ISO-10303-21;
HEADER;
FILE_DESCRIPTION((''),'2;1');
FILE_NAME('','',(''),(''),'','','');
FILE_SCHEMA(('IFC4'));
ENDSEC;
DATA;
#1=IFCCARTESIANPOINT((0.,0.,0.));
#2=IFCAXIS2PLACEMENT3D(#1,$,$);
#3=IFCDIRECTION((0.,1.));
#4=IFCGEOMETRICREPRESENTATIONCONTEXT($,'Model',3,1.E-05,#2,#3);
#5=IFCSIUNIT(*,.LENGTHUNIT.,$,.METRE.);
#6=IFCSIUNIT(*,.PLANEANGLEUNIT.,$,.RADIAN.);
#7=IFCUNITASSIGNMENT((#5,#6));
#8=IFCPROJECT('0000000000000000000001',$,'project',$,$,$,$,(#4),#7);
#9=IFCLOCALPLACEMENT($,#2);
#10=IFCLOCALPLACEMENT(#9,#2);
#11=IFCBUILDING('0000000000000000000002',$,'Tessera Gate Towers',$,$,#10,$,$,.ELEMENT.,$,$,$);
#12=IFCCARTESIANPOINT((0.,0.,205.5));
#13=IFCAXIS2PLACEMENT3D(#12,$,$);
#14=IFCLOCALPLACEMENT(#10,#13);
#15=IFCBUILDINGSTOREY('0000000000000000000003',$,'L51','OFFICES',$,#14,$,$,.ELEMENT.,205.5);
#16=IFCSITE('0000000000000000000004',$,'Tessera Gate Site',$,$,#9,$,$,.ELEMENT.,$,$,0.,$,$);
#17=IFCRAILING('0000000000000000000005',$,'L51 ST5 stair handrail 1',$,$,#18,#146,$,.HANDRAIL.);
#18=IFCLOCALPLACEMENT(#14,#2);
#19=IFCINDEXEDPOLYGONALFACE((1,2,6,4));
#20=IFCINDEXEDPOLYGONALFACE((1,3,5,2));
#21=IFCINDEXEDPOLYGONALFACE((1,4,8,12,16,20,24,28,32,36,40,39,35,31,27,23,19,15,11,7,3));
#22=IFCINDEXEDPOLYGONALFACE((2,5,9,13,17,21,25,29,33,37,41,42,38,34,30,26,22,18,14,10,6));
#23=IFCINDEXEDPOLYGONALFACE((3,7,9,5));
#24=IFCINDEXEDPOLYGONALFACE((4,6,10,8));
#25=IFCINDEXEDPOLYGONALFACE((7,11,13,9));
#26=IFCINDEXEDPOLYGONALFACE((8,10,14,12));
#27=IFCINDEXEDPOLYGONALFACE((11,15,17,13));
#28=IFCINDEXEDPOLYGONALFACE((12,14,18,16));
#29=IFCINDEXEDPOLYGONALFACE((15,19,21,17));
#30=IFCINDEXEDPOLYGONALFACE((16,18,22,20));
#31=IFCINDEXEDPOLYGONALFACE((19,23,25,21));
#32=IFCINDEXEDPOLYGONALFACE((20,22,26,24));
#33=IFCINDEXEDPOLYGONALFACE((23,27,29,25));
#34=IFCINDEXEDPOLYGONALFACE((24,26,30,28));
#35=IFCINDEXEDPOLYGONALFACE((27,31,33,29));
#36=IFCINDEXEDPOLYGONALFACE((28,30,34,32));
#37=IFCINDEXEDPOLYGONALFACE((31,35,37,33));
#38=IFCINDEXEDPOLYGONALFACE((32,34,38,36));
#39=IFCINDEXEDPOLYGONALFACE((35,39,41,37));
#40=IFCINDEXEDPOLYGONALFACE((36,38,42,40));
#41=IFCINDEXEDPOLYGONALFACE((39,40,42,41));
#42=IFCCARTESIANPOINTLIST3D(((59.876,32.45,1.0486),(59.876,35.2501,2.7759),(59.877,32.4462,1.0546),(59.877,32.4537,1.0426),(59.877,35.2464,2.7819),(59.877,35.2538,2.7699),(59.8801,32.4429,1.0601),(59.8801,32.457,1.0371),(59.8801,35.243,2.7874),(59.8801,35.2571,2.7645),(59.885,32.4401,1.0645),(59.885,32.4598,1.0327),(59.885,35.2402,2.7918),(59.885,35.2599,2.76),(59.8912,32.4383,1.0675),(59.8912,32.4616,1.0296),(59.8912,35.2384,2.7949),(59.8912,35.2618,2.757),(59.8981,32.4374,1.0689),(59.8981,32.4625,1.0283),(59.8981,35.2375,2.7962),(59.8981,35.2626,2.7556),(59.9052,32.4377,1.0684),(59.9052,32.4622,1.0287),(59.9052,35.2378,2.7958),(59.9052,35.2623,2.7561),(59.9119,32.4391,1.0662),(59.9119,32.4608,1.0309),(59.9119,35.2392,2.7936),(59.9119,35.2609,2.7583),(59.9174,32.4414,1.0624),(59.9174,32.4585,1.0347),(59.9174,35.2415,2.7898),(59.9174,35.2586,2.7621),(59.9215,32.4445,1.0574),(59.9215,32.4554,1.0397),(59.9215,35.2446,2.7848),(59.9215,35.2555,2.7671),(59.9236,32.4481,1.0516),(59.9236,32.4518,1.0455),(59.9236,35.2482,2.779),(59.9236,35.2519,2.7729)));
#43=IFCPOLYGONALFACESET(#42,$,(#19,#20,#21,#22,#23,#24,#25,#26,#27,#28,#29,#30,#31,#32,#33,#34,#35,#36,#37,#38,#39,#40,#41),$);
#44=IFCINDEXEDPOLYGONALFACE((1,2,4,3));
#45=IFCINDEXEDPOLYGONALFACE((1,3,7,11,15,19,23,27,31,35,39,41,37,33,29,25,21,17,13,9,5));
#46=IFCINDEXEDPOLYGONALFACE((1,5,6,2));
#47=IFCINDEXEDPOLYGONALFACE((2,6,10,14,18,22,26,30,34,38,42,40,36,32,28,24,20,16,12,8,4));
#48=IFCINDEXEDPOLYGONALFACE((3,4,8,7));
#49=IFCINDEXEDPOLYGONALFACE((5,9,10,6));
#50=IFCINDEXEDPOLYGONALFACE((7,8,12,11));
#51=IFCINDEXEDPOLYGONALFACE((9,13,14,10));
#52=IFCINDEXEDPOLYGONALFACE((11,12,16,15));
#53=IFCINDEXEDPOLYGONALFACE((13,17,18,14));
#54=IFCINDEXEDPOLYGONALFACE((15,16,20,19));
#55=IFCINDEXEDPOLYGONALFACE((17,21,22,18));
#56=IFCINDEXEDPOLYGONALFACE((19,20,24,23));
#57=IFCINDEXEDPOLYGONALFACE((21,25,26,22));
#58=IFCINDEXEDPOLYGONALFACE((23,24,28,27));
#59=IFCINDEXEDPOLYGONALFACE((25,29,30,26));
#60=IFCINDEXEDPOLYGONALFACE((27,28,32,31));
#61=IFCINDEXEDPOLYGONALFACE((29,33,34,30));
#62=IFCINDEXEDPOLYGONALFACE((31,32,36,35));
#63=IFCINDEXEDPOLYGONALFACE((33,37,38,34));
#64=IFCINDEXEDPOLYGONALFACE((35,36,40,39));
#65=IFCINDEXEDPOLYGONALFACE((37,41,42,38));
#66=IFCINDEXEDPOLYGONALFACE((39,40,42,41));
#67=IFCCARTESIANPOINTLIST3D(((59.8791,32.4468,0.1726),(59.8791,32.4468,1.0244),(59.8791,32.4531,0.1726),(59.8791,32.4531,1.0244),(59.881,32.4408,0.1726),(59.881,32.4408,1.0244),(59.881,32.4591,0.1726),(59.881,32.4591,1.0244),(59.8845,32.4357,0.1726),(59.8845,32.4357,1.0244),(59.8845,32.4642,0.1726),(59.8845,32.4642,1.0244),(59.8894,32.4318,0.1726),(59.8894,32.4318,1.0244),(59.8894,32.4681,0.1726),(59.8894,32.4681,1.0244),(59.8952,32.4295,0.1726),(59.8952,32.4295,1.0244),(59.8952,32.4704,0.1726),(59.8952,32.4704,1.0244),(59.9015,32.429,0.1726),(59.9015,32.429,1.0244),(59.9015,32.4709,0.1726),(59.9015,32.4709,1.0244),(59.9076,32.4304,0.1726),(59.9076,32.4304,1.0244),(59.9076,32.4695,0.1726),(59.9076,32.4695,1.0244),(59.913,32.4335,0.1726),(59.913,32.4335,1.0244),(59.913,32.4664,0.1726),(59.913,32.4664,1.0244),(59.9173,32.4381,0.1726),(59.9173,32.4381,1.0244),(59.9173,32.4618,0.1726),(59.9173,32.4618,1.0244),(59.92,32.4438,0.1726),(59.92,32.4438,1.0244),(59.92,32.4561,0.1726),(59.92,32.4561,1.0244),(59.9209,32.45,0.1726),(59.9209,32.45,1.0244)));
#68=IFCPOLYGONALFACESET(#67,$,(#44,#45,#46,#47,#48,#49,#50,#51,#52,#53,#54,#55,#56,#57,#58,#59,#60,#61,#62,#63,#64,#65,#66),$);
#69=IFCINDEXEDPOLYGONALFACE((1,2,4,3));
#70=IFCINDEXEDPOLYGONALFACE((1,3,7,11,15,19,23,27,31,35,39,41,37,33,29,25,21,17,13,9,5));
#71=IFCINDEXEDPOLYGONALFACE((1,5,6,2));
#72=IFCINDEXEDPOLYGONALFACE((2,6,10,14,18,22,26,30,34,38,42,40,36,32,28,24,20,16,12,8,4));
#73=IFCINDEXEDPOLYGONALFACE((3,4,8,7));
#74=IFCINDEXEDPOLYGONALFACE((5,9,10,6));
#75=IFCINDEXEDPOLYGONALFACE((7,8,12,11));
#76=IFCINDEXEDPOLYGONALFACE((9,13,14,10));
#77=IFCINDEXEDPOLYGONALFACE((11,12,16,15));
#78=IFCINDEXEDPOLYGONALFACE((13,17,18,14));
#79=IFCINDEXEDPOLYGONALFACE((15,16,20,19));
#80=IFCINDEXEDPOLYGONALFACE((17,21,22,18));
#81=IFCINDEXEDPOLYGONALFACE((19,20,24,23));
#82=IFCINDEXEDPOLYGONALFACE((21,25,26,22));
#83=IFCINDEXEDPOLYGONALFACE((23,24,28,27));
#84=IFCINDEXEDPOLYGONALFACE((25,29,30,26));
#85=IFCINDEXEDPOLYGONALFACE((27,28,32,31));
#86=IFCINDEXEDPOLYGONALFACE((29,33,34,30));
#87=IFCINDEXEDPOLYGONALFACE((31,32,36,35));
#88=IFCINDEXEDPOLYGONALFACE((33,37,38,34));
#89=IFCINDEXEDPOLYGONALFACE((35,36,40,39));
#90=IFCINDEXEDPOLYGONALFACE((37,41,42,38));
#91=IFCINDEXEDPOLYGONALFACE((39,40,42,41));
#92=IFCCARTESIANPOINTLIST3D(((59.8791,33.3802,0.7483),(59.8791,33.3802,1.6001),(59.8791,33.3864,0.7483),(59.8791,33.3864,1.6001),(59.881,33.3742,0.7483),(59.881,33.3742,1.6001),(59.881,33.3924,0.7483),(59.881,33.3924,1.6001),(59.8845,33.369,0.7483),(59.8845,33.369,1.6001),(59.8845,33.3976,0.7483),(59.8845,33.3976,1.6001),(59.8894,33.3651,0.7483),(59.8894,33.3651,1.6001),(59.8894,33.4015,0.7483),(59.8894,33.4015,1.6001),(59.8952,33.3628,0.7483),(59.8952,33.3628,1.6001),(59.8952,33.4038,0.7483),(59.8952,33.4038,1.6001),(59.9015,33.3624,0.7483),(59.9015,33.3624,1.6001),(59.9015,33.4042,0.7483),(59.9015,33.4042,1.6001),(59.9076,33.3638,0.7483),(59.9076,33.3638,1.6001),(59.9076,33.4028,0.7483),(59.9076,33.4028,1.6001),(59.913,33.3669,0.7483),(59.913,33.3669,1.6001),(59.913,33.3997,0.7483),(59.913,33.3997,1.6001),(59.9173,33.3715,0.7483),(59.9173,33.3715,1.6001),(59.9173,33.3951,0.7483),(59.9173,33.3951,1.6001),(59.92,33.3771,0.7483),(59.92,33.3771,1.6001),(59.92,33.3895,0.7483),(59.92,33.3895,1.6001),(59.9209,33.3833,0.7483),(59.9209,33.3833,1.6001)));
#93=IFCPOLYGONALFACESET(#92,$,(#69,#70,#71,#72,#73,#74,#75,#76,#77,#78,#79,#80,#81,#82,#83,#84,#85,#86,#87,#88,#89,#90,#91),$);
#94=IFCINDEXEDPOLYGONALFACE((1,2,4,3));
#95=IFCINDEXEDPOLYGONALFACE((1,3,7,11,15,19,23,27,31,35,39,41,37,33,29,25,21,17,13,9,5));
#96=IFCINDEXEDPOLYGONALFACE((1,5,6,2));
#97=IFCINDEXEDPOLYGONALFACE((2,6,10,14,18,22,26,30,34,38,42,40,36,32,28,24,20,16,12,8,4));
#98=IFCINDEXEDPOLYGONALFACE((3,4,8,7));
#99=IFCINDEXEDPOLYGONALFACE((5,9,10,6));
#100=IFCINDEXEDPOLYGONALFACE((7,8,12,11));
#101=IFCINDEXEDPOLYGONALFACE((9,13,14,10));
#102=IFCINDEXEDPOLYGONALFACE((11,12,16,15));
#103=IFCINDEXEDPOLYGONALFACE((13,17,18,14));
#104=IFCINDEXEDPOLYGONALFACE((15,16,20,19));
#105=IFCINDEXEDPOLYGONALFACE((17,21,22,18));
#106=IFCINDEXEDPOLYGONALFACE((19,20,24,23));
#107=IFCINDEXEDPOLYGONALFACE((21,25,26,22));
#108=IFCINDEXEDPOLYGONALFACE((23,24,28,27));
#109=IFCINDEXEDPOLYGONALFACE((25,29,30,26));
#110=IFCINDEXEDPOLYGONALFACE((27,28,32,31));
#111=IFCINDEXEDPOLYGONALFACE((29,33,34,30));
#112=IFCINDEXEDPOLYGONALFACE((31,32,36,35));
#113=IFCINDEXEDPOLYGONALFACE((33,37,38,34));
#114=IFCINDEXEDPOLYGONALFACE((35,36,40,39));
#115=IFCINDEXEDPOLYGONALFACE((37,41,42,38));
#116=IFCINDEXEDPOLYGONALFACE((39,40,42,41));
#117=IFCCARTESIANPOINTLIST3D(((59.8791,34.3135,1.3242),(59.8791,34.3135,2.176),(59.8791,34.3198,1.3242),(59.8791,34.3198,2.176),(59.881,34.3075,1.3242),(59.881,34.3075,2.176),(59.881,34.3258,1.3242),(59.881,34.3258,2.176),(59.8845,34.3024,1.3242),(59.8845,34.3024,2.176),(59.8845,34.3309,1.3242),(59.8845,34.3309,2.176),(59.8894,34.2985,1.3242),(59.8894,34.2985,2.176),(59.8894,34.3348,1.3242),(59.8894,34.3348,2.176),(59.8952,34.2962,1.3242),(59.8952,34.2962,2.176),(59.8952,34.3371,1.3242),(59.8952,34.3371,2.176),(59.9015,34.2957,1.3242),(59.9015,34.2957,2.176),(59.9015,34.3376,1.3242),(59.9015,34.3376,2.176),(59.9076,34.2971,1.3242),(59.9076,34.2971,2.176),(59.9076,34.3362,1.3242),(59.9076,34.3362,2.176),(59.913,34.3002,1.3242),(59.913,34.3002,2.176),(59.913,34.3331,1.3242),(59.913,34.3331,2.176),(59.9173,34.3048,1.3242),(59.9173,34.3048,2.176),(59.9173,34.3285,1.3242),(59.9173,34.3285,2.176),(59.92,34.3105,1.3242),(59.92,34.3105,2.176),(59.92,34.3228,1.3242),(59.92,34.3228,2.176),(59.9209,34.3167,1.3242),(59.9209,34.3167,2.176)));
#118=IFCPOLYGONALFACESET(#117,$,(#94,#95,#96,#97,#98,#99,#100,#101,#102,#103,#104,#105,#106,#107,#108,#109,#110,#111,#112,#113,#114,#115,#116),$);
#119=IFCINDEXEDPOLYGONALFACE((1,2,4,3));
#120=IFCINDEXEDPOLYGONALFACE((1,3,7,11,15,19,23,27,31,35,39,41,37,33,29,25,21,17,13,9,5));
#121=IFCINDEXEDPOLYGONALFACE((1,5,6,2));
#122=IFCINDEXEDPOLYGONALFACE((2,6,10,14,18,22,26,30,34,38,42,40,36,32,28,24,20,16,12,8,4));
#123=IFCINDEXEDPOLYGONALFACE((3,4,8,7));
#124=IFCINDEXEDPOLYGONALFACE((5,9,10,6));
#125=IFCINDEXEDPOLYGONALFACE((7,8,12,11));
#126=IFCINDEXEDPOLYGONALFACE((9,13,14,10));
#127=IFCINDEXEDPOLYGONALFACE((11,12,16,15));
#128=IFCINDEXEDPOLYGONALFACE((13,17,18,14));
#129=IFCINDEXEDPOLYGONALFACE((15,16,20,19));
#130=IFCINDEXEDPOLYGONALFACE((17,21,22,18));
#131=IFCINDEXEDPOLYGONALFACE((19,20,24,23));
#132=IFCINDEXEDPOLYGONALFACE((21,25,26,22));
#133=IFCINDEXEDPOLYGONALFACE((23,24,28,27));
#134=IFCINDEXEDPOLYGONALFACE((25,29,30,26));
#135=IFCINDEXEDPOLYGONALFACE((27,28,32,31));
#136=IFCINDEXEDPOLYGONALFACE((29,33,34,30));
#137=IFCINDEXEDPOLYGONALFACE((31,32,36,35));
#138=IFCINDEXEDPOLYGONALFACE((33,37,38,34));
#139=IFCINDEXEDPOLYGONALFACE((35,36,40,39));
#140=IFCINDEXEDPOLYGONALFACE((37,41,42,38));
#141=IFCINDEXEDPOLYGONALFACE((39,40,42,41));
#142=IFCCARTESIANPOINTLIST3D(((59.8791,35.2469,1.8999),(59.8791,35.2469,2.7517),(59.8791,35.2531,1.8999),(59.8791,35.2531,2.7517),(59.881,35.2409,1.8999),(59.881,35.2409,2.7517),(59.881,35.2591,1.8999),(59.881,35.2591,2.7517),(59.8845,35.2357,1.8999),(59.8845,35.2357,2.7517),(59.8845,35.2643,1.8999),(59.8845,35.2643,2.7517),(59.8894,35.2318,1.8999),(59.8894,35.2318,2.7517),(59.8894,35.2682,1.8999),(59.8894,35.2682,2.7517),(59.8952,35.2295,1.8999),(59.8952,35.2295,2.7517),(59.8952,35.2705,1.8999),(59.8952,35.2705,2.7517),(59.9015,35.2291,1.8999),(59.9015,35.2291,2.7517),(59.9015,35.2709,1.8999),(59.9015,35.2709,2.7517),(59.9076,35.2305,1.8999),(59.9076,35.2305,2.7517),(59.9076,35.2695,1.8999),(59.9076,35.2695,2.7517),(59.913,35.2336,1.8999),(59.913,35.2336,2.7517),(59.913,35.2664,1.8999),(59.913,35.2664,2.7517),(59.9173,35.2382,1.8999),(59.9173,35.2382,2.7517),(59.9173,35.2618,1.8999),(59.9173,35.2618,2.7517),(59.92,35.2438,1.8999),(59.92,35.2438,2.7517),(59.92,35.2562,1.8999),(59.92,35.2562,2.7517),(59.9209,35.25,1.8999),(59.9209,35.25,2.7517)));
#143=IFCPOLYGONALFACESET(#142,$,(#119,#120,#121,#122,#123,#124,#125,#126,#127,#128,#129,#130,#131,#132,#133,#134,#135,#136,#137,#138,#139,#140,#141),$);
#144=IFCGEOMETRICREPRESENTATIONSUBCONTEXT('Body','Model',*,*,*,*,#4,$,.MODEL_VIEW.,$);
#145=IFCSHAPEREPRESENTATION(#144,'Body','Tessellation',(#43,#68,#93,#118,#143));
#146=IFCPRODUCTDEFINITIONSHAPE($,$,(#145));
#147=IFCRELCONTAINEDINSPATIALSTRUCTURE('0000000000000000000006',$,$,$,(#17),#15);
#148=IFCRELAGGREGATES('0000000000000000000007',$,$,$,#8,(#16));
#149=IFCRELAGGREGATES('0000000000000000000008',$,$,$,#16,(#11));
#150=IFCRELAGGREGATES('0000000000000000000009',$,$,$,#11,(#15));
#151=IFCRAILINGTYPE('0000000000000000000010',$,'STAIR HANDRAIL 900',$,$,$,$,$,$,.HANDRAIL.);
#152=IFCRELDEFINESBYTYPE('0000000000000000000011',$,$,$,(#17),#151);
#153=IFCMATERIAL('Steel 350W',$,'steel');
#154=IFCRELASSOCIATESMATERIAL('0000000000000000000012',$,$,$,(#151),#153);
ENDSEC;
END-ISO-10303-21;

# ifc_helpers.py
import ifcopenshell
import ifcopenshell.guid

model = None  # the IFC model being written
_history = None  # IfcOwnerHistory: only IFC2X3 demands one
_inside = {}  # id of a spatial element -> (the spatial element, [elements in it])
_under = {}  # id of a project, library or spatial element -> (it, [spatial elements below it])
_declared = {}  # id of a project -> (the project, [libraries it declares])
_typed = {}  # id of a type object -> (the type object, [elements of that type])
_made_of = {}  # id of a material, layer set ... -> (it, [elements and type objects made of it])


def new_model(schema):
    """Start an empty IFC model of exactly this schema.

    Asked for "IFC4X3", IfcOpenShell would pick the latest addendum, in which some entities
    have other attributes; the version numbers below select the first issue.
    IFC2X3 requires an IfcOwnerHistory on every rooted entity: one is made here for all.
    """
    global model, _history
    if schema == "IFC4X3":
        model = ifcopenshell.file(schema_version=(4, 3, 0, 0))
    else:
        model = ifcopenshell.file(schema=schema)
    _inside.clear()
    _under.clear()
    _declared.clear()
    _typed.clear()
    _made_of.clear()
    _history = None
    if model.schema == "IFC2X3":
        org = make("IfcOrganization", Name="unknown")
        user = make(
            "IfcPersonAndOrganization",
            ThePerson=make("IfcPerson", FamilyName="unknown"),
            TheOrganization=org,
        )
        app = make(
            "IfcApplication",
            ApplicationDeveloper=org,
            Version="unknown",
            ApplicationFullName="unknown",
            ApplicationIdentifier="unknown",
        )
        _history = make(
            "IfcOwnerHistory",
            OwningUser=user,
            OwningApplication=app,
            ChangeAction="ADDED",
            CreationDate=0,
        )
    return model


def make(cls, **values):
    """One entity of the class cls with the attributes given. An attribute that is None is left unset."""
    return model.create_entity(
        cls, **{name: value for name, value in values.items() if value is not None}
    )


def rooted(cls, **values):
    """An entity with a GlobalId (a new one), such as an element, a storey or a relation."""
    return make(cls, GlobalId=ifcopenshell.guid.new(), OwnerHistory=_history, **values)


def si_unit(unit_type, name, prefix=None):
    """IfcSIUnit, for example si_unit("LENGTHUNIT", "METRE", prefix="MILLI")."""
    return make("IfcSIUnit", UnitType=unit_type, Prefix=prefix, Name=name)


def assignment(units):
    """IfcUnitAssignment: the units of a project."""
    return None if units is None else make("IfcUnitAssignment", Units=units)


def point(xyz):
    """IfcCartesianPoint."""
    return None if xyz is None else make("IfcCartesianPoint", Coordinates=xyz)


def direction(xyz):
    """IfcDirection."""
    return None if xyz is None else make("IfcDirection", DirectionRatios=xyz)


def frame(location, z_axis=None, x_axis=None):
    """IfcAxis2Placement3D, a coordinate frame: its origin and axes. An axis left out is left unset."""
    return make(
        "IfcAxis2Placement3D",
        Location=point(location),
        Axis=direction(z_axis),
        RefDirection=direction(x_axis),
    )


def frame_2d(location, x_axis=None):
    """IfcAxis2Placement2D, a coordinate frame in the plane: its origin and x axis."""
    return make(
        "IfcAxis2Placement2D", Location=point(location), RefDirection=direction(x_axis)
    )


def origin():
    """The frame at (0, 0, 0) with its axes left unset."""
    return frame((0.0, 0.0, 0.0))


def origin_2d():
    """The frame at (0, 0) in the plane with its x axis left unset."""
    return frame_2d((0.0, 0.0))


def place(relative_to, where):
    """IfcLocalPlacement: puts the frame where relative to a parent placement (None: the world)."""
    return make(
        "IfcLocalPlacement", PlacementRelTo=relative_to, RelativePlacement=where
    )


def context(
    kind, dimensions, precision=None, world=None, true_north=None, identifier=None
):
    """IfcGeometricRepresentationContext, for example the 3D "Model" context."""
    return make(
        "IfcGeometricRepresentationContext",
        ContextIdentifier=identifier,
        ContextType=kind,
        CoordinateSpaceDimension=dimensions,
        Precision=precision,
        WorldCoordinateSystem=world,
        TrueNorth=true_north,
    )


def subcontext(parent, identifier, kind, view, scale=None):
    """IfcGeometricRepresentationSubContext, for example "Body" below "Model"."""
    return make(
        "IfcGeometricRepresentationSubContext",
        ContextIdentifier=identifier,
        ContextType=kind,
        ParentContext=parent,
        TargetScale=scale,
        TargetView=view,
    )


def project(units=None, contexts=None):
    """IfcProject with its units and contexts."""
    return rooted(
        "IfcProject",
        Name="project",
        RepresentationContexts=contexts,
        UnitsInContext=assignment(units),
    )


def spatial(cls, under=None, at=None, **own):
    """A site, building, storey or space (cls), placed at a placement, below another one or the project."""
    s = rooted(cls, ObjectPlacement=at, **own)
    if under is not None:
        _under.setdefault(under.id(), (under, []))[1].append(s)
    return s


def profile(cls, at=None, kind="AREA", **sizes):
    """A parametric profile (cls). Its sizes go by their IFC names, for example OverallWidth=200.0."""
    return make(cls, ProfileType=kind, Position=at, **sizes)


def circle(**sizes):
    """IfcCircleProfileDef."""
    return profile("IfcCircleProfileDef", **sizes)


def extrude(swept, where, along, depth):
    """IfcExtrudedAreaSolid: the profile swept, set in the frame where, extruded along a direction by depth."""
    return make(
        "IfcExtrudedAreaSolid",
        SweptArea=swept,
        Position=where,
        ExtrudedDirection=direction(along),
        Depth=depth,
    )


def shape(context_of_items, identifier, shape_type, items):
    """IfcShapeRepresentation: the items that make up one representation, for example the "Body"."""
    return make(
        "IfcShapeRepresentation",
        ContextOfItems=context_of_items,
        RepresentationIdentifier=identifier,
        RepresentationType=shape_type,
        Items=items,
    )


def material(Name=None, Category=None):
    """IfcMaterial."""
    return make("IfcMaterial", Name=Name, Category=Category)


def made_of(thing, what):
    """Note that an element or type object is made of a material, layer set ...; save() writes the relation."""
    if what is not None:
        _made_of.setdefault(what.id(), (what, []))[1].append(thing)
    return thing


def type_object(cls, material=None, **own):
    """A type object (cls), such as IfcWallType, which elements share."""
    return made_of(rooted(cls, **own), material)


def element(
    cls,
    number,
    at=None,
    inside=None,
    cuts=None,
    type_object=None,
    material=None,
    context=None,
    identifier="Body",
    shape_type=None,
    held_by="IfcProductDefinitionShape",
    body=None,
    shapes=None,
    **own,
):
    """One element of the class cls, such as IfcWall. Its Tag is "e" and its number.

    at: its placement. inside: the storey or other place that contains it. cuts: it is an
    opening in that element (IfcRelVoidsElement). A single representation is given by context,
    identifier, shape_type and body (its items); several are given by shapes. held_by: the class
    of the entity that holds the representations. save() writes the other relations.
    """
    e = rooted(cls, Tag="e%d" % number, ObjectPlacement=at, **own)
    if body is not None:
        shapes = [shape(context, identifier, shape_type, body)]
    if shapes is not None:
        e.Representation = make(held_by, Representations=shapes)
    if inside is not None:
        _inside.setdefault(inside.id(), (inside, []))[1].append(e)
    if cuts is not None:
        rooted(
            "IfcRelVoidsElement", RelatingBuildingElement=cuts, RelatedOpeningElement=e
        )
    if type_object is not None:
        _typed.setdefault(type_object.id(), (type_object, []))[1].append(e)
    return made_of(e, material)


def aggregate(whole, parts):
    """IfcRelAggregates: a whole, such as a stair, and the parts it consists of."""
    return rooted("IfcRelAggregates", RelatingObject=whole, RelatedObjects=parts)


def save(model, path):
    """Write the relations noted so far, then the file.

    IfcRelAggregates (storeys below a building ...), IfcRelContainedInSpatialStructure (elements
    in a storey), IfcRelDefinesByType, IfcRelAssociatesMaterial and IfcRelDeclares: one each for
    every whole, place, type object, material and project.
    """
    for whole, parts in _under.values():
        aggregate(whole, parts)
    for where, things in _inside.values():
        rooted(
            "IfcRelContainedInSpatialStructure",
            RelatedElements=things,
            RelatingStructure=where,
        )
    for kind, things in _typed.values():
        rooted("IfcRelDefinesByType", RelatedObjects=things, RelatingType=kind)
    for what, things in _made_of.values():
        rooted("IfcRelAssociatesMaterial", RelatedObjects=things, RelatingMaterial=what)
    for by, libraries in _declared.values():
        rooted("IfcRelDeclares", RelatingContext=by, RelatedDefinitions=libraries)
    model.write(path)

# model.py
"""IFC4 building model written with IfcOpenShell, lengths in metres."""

from ifc_helpers import new_model, si_unit, direction, frame, origin, origin_2d, place, context, subcontext, project, spatial, circle, extrude, material, type_object, element, save


model = new_model("IFC4")

# Units and contexts
model_context = context("Model", 3, precision=1e-05, world=origin(), true_north=direction((0.0, 1.0)))
body_context = subcontext(model_context, "Body", "Model", "MODEL_VIEW")
ifc_project = project(units=[si_unit("LENGTHUNIT", "METRE"), si_unit("PLANEANGLEUNIT", "RADIAN")], contexts=[model_context])

# Site, building, storey
site_placement = place(None, origin())
site = spatial("IfcSite", under=ifc_project, at=site_placement, Name="Tessera Gate Site", CompositionType="ELEMENT", RefElevation=0.0)
building_placement = place(site_placement, origin())
building = spatial("IfcBuilding", under=site, at=building_placement, Name="Tessera Gate Towers", CompositionType="ELEMENT")
storey_placement = place(building_placement, frame((0.0, 0.0, 205.5)))
storey = spatial("IfcBuildingStorey", under=building, at=storey_placement, Name="L51", Description="OFFICES", CompositionType="ELEMENT", Elevation=205.5)

# Railing
ifc_material_1 = material(Name="Steel 350W", Category="steel")
railing_type_1 = type_object("IfcRailingType", Name="STAIR HANDRAIL 900", PredefinedType="HANDRAIL", material=ifc_material_1)
railing_1_placement = place(storey_placement, frame((59.8999, 32.45, 0.1726)))
element("IfcRailing", 1, at=railing_1_placement, inside=storey, type_object=railing_type_1, Name="L51 ST5 stair handrail 1", PredefinedType="HANDRAIL", context=body_context, shape_type="SweptSolid", body=[
    extrude(circle(Radius=0.0239, at=origin_2d()), frame((0.0, 0.0, 0.876), z_axis=(0.0, 0.85109, 0.52502), x_axis=(-1.0, 0.0, 0.0)), (0.0, 0.0, 1.0), 3.29),
    extrude(circle(Radius=0.021, at=origin_2d()), origin(), (0.0, 0.0, 1.0), 0.8518),
    extrude(circle(Radius=0.021, at=origin_2d()), frame((0.0, 0.9333, 0.5757)), (0.0, 0.0, 1.0), 0.8518),
    extrude(circle(Radius=0.021, at=origin_2d()), frame((0.0, 1.8667, 1.1516)), (0.0, 0.0, 1.0), 0.8518),
    extrude(circle(Radius=0.021, at=origin_2d()), frame((0.0, 2.8, 1.7273)), (0.0, 0.0, 1.0), 0.8518),
])

save(model, "model.ifc")
